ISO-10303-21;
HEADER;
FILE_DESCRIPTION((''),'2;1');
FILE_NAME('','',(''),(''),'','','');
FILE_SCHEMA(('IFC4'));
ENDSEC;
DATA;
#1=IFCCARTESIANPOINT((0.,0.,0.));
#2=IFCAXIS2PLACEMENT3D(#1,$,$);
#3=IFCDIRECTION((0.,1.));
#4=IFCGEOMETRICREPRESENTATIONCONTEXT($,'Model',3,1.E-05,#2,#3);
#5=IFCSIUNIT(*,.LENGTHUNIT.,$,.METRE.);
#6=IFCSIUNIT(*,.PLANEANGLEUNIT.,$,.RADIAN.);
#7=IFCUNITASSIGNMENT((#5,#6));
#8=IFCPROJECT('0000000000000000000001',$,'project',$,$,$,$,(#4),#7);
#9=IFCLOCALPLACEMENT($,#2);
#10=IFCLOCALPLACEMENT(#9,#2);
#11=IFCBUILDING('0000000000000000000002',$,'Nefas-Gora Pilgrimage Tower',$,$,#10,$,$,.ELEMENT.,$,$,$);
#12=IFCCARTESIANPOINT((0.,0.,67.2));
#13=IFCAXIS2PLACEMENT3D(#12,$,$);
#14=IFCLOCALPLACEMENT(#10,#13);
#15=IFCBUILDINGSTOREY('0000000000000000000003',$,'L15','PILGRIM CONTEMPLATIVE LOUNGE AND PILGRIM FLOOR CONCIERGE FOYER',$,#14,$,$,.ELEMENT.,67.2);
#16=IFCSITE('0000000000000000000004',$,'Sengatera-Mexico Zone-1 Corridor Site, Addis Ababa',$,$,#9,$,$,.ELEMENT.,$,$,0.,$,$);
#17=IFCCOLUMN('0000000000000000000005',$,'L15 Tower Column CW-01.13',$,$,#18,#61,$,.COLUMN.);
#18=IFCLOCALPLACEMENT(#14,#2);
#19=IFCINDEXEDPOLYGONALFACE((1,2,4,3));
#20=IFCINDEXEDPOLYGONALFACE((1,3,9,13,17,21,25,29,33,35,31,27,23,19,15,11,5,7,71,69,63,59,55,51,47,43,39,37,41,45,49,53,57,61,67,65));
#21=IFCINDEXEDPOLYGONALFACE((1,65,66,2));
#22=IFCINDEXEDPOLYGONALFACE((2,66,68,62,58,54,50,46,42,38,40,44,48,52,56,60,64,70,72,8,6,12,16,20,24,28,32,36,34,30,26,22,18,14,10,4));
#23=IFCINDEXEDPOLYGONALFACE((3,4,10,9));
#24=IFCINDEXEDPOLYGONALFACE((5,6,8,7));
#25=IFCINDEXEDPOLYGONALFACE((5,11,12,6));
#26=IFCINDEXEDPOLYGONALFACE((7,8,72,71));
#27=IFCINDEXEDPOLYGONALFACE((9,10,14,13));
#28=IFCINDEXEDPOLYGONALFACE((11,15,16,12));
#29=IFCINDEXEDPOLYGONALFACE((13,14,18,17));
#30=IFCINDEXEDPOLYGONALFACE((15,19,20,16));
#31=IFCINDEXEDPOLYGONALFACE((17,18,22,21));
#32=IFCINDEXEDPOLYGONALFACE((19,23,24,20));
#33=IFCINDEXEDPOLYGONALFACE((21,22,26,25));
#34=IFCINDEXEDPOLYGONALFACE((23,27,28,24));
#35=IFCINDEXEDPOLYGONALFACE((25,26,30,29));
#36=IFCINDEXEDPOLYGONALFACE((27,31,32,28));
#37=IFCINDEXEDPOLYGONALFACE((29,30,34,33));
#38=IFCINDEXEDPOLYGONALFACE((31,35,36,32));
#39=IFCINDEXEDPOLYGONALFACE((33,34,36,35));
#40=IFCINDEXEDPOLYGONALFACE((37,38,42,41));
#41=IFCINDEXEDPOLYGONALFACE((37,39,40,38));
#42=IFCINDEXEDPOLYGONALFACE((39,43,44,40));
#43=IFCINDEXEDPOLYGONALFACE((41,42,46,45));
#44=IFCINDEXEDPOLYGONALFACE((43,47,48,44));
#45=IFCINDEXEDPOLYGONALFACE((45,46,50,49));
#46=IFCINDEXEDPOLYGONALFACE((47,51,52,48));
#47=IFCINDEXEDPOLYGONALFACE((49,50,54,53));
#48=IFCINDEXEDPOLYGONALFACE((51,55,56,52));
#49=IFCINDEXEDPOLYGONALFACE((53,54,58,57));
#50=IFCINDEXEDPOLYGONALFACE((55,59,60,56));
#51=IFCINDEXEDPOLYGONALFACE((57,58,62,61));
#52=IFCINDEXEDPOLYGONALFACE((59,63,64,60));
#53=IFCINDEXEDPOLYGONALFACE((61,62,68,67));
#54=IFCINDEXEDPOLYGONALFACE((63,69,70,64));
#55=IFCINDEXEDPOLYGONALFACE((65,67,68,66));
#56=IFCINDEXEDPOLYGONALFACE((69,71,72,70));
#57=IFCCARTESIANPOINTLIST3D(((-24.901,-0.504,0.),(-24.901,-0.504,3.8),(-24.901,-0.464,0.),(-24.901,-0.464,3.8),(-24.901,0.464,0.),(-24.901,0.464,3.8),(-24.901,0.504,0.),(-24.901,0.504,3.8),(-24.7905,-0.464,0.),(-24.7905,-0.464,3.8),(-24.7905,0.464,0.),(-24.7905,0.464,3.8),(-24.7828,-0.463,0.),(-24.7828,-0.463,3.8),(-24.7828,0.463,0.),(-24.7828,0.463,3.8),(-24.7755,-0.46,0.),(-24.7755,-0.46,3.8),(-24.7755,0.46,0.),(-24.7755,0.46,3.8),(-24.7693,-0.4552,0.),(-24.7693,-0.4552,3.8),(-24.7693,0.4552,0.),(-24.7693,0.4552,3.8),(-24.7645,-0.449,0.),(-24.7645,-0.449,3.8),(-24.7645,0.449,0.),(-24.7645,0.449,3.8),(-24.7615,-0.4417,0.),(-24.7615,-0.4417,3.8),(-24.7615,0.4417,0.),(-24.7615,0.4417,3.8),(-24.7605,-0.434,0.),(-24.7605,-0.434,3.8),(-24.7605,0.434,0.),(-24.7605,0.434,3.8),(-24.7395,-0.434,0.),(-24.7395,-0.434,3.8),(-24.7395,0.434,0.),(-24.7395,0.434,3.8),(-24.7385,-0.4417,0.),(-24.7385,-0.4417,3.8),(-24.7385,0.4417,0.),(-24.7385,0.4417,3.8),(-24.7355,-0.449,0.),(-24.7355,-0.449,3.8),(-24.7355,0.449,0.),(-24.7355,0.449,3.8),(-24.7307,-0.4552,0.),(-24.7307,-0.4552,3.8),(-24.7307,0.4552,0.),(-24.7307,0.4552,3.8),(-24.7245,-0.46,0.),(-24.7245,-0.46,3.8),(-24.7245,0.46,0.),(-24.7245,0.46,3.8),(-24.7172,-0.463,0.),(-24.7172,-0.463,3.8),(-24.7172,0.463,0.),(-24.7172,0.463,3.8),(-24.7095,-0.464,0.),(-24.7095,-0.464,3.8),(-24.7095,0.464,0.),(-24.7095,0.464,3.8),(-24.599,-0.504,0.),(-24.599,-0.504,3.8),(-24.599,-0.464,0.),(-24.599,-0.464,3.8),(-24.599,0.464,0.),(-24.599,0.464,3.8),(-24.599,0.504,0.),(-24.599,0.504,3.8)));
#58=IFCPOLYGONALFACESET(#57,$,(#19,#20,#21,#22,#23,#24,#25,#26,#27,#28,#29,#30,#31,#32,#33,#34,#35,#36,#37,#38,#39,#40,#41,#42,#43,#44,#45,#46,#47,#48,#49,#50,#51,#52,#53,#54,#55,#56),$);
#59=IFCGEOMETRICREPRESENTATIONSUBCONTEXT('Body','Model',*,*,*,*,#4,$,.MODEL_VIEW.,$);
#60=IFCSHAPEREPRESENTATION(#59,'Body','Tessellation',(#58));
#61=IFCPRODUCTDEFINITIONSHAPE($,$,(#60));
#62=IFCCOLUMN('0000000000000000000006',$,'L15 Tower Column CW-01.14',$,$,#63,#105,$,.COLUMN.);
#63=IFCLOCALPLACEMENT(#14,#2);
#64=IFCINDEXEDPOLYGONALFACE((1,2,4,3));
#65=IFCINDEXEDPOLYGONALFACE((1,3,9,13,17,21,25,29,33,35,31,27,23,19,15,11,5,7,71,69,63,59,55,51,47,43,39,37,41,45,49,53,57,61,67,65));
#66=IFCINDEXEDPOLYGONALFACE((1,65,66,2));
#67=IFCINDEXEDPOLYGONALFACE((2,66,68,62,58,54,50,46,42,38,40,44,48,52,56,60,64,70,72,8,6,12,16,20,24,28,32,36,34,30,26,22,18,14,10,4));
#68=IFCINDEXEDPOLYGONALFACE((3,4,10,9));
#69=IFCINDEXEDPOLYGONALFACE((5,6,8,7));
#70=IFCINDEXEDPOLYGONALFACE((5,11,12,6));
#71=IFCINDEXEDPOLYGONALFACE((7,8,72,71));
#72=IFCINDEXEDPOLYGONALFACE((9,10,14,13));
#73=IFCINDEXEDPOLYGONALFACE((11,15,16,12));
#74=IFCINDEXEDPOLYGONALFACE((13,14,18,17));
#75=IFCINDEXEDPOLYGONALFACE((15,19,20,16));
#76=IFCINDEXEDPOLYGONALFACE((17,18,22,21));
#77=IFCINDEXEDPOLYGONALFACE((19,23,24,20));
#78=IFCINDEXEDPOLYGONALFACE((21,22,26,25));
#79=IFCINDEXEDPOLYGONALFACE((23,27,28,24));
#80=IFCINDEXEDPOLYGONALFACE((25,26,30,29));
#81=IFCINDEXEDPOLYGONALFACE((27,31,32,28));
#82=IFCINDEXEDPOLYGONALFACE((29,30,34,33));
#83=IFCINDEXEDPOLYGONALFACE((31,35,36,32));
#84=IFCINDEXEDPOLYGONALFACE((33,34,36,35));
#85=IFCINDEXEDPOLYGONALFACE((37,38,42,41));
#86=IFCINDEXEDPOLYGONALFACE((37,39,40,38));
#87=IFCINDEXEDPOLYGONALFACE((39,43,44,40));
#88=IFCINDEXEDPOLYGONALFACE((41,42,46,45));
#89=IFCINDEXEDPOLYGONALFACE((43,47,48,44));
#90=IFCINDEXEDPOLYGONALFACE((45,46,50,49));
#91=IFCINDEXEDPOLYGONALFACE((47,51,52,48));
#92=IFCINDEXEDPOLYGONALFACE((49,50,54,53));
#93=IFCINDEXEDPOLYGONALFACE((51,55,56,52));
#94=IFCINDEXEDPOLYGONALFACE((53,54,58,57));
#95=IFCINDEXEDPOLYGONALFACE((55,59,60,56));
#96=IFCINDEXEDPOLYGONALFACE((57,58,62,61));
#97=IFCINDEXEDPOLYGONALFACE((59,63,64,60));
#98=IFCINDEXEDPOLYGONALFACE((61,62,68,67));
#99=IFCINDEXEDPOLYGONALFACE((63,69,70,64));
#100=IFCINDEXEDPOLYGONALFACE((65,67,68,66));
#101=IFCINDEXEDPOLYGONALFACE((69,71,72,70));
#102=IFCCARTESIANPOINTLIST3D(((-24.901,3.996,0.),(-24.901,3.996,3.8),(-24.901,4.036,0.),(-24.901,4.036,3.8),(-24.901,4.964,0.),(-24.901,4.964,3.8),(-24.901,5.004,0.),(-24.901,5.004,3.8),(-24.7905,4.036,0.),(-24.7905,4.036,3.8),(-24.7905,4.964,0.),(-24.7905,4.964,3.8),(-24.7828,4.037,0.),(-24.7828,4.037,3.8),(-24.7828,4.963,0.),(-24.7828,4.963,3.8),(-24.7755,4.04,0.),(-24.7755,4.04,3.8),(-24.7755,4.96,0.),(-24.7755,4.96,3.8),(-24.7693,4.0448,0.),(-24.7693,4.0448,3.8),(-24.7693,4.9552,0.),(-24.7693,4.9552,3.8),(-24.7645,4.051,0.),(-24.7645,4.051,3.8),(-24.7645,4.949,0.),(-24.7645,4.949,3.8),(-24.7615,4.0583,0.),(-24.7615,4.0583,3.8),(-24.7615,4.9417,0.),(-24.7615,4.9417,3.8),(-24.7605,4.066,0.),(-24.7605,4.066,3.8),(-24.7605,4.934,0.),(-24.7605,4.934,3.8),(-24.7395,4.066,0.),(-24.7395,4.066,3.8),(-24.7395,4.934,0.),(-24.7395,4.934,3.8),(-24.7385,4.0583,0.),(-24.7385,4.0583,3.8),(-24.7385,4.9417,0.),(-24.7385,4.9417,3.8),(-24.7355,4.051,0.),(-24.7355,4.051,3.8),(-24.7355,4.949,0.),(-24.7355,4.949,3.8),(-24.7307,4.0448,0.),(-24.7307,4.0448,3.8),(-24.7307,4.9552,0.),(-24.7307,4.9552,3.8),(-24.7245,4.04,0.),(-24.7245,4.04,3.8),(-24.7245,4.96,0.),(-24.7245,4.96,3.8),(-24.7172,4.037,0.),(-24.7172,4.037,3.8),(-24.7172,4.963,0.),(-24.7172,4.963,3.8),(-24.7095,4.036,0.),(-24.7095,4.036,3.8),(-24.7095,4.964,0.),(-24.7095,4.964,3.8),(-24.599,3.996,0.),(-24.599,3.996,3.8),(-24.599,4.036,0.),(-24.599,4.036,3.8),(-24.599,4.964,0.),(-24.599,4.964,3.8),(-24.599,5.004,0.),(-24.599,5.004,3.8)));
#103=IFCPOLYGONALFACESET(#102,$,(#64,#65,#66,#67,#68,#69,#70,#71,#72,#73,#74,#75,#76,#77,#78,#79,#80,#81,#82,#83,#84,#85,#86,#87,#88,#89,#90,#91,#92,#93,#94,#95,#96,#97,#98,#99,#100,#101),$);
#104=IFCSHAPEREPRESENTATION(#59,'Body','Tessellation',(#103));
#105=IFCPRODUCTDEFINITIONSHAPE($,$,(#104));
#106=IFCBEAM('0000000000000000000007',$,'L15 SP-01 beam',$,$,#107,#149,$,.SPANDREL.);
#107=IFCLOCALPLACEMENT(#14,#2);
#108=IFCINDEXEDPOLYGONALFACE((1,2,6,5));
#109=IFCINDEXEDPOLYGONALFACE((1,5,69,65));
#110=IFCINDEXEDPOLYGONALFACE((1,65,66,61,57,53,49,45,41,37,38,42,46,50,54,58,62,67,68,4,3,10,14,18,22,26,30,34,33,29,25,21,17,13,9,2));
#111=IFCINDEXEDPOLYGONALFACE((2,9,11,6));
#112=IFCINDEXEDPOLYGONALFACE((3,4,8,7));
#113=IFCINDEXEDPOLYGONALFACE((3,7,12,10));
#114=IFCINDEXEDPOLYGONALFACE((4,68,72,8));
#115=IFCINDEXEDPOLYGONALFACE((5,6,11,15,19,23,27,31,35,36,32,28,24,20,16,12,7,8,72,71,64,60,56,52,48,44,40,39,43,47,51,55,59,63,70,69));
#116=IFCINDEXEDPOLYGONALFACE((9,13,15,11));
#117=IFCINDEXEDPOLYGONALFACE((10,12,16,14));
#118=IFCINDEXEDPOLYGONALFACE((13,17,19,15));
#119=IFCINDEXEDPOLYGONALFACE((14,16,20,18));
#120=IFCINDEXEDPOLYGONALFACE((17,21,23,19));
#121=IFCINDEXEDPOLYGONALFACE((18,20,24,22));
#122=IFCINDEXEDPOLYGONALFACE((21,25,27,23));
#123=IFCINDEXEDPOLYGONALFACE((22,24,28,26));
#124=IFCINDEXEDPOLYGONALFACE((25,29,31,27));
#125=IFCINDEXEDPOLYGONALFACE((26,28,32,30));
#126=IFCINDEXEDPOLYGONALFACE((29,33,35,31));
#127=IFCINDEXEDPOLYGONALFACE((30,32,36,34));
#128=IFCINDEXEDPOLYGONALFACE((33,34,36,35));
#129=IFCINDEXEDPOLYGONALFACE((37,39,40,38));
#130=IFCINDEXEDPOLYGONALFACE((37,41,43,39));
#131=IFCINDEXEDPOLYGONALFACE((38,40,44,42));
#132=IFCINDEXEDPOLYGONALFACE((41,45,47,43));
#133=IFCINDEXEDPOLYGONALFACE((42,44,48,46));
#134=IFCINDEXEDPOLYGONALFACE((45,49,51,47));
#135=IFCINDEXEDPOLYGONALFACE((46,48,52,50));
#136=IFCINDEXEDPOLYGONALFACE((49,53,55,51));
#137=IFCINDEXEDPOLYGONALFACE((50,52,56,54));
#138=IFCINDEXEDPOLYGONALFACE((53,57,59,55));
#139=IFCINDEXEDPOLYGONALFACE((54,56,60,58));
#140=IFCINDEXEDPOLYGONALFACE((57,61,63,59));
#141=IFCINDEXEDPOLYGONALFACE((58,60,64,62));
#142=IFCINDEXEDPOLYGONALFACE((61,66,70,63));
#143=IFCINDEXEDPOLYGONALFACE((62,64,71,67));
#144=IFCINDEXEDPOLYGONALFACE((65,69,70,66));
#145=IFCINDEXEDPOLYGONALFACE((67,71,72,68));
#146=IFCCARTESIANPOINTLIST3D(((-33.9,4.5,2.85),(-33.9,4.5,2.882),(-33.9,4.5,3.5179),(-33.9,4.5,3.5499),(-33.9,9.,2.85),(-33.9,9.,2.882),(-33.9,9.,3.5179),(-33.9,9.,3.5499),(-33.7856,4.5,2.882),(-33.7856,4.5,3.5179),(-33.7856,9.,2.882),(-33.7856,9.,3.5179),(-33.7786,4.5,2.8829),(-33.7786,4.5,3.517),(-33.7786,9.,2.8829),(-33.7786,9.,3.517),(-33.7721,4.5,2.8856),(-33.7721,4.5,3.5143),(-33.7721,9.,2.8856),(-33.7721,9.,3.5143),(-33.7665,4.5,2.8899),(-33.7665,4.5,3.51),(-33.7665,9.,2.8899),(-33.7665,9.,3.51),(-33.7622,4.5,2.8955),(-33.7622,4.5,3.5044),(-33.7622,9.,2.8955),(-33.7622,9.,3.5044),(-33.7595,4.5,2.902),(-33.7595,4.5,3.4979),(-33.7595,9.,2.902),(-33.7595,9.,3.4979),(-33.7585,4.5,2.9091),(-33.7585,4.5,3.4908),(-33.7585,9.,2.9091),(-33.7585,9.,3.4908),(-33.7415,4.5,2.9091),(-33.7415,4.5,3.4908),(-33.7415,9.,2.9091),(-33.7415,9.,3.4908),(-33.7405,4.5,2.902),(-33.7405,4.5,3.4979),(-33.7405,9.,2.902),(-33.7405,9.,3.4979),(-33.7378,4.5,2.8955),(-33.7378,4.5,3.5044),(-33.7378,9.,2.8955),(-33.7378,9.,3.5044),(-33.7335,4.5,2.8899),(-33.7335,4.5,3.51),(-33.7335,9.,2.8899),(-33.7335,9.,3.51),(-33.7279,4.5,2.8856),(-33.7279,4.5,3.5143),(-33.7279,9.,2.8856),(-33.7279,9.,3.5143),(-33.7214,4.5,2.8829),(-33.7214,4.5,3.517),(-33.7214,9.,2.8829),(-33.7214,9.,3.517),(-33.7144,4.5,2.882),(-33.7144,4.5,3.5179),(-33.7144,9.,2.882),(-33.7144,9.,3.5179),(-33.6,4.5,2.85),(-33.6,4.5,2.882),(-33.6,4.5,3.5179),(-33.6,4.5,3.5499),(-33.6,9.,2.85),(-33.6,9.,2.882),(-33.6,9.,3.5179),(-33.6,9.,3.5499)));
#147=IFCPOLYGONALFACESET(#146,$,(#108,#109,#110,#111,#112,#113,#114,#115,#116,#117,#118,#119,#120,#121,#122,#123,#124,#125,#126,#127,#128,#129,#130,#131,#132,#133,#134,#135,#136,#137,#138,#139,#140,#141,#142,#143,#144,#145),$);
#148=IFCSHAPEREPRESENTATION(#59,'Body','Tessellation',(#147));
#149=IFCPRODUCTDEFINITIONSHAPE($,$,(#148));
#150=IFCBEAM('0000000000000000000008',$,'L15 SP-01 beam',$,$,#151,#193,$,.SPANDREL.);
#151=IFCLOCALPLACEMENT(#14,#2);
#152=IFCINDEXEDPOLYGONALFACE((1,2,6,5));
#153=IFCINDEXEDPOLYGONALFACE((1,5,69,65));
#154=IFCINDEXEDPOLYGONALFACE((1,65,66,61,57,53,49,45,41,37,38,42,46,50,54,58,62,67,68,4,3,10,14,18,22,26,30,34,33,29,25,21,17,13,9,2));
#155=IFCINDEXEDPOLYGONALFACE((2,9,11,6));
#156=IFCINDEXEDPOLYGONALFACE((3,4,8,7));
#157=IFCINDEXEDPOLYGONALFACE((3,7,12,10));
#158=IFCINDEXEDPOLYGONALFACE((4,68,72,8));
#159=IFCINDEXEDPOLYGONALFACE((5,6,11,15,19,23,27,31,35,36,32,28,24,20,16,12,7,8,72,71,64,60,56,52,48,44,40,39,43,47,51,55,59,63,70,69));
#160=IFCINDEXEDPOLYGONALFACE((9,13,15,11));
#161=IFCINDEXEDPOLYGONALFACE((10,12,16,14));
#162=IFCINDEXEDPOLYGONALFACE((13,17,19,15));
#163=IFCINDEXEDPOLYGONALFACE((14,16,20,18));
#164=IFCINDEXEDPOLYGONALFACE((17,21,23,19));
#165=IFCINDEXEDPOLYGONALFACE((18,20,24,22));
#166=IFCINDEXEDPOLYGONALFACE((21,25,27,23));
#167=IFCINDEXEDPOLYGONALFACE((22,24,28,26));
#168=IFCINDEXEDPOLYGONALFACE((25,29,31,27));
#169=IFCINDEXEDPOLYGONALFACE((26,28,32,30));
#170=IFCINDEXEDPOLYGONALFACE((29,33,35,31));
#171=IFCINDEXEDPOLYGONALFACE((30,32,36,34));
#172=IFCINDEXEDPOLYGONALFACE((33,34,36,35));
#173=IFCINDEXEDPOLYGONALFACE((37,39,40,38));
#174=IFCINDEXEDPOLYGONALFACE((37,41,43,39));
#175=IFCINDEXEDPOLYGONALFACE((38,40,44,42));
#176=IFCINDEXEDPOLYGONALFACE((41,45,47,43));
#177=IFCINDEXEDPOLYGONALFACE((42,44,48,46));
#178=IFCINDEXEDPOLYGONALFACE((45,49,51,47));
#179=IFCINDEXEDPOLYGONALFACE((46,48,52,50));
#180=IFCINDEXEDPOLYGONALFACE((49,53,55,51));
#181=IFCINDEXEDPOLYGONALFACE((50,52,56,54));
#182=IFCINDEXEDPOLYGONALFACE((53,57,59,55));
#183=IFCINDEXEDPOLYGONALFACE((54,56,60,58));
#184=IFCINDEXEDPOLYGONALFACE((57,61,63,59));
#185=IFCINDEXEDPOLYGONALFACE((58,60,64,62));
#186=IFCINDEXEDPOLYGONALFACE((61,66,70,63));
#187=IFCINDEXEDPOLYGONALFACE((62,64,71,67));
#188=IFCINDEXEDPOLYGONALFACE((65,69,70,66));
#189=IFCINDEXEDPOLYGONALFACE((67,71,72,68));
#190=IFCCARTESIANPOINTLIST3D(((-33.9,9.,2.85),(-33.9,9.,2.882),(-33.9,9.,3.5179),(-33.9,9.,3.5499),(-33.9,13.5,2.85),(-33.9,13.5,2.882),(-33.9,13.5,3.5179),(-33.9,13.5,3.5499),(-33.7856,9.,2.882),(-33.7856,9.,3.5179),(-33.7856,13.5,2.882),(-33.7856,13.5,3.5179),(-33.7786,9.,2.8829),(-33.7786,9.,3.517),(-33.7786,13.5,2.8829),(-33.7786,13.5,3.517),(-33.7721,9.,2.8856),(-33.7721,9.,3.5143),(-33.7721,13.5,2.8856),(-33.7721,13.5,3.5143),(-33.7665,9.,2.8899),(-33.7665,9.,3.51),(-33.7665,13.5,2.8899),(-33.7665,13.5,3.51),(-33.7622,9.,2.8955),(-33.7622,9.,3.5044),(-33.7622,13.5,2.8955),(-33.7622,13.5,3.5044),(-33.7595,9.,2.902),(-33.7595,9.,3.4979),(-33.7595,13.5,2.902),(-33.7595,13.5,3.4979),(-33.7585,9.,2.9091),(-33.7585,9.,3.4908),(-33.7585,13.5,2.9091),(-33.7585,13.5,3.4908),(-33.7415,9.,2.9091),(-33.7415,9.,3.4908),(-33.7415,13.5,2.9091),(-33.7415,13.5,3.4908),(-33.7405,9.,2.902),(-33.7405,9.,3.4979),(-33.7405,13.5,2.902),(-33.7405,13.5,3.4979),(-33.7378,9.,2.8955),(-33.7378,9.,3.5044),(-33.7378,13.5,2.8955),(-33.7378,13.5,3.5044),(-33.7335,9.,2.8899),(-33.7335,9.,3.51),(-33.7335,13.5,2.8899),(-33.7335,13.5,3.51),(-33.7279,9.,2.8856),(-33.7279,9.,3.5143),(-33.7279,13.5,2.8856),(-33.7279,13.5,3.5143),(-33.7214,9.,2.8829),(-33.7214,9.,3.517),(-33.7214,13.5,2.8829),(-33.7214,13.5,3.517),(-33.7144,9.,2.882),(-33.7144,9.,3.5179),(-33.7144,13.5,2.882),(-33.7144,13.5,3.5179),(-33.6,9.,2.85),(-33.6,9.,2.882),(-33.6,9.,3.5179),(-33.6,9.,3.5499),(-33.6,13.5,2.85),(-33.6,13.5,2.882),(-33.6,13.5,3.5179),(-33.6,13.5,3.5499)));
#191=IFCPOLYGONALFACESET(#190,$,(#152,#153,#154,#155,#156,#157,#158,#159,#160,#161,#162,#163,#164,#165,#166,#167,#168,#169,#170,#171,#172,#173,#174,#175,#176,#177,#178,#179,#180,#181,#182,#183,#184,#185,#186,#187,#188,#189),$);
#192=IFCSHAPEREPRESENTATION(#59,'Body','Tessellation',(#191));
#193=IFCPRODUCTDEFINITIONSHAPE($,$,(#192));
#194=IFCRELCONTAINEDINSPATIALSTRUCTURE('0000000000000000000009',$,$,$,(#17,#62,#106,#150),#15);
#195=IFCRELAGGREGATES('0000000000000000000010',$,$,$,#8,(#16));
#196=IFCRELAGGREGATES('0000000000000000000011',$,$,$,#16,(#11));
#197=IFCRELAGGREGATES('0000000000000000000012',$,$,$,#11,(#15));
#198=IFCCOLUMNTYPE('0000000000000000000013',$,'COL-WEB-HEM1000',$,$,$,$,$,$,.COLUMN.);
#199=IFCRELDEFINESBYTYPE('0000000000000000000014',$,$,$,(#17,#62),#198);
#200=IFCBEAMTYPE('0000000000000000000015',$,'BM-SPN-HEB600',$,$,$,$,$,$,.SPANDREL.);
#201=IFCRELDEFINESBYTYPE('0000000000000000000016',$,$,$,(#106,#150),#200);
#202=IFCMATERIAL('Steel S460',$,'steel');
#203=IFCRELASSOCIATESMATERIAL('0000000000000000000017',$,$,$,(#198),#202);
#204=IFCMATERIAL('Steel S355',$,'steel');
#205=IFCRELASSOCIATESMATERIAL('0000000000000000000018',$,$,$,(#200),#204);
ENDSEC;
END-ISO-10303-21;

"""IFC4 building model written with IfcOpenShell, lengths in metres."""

from ifc_helpers import new_model, si_unit, direction, frame, origin, origin_2d, place, context, subcontext, project, spatial, i_section, extrude, source, transform, mapped, material, material_profile, profile_set, type_object, element, save


model = new_model("IFC4")

# Units and contexts
model_context = context("Model", 3, precision=1e-05, world=origin(), true_north=direction((0.0, 1.0)))
body_context = subcontext(model_context, "Body", "Model", "MODEL_VIEW")
ifc_project = project(units=[si_unit("LENGTHUNIT", "METRE"), si_unit("PLANEANGLEUNIT", "RADIAN")], contexts=[model_context])

# Site, building, storey
site_placement = place(None, origin())
site = spatial("IfcSite", under=ifc_project, at=site_placement, Name="Sengatera-Mexico Zone-1 Corridor Site, Addis Ababa", CompositionType="ELEMENT", RefElevation=0.0)
building_placement = place(site_placement, origin())
building = spatial("IfcBuilding", under=site, at=building_placement, Name="Nefas-Gora Pilgrimage Tower", CompositionType="ELEMENT")
storey_placement = place(building_placement, frame((0.0, 0.0, 67.2)))
storey = spatial("IfcBuildingStorey", under=building, at=storey_placement, Name="L15", Description="PILGRIM CONTEMPLATIVE LOUNGE AND PILGRIM FLOOR CONCIERGE FOYER", CompositionType="ELEMENT", Elevation=67.2)

# Columns
ifc_material_1 = material(Name="Steel S460", Category="steel")
ifc_material_profile_1 = material_profile(ifc_material_1, i_section(OverallWidth=0.302, OverallDepth=1.0081, WebThickness=0.021, FlangeThickness=0.04, FilletRadius=0.03, at=origin_2d()), Name="HEM 1000")
ifc_profile_set_1 = profile_set([ifc_material_profile_1], Name="Steel S460")
column_type_1 = type_object("IfcColumnType", Name="COL-WEB-HEM1000", PredefinedType="COLUMN", material=ifc_profile_set_1)
shared_shape_1 = source(origin(), body_context, "Body", "SweptSolid", [
    extrude(i_section(OverallWidth=0.302, OverallDepth=1.0081, WebThickness=0.021, FlangeThickness=0.04, FilletRadius=0.03, at=origin_2d()), origin(), (0.0, 0.0, 1.0), 3.8),
])
for number, where, z_axis, x_axis, name in (
    (1, (-24.75, 0.0, 0.0), (0.0, 0.0, 1.0), (1.0, 0.0, 0.0), "L15 Tower Column CW-01.13"),
    (2, (-24.75, 4.5, 0.0), (0.0, 0.0, 1.0), (1.0, 0.0, 0.0), "L15 Tower Column CW-01.14"),
):
    element("IfcColumn", number, at=place(storey_placement, frame(where, z_axis=z_axis, x_axis=x_axis)), inside=storey, type_object=column_type_1, Name=name, PredefinedType="COLUMN", context=body_context, shape_type="MappedRepresentation", body=[
        mapped(shared_shape_1, transform((0.0, 0.0, 0.0), x_axis=(1.0, 0.0, 0.0), y_axis=(0.0, 1.0, 0.0), z_axis=(0.0, 0.0, 1.0), scale=1.0)),
    ])

# Beams
ifc_material_2 = material(Name="Steel S355", Category="steel")
ifc_material_profile_2 = material_profile(ifc_material_2, i_section(OverallWidth=0.3, OverallDepth=0.7, WebThickness=0.0171, FlangeThickness=0.032, FilletRadius=0.0271, at=origin_2d()), Name="HEB 700")
ifc_profile_set_2 = profile_set([ifc_material_profile_2], Name="Steel S355")
beam_type_1 = type_object("IfcBeamType", Name="BM-SPN-HEB600", PredefinedType="SPANDREL", material=ifc_profile_set_2)
shared_shape_2 = source(origin(), body_context, "Body", "SweptSolid", [
    extrude(i_section(OverallWidth=0.3, OverallDepth=0.7, WebThickness=0.0171, FlangeThickness=0.032, FilletRadius=0.0271, at=origin_2d()), origin(), (0.0, 0.0, 1.0), 4.5),
])
for number, where, z_axis, x_axis, name in (
    (3, (-33.75, 4.5, 3.2), (0.0, 1.0, 0.0), (-1.0, 0.0, 0.0), "L15 SP-01 beam"),
    (4, (-33.75, 9.0, 3.2), (0.0, 1.0, 0.0), (-1.0, 0.0, 0.0), "L15 SP-01 beam"),
):
    element("IfcBeam", number, at=place(storey_placement, frame(where, z_axis=z_axis, x_axis=x_axis)), inside=storey, type_object=beam_type_1, Name=name, PredefinedType="SPANDREL", context=body_context, shape_type="MappedRepresentation", body=[
        mapped(shared_shape_2, transform((0.0, 0.0, 0.0), x_axis=(1.0, 0.0, 0.0), y_axis=(0.0, 1.0, 0.0), z_axis=(0.0, 0.0, 1.0), scale=1.0)),
    ])

save(model, "model.ifc")
